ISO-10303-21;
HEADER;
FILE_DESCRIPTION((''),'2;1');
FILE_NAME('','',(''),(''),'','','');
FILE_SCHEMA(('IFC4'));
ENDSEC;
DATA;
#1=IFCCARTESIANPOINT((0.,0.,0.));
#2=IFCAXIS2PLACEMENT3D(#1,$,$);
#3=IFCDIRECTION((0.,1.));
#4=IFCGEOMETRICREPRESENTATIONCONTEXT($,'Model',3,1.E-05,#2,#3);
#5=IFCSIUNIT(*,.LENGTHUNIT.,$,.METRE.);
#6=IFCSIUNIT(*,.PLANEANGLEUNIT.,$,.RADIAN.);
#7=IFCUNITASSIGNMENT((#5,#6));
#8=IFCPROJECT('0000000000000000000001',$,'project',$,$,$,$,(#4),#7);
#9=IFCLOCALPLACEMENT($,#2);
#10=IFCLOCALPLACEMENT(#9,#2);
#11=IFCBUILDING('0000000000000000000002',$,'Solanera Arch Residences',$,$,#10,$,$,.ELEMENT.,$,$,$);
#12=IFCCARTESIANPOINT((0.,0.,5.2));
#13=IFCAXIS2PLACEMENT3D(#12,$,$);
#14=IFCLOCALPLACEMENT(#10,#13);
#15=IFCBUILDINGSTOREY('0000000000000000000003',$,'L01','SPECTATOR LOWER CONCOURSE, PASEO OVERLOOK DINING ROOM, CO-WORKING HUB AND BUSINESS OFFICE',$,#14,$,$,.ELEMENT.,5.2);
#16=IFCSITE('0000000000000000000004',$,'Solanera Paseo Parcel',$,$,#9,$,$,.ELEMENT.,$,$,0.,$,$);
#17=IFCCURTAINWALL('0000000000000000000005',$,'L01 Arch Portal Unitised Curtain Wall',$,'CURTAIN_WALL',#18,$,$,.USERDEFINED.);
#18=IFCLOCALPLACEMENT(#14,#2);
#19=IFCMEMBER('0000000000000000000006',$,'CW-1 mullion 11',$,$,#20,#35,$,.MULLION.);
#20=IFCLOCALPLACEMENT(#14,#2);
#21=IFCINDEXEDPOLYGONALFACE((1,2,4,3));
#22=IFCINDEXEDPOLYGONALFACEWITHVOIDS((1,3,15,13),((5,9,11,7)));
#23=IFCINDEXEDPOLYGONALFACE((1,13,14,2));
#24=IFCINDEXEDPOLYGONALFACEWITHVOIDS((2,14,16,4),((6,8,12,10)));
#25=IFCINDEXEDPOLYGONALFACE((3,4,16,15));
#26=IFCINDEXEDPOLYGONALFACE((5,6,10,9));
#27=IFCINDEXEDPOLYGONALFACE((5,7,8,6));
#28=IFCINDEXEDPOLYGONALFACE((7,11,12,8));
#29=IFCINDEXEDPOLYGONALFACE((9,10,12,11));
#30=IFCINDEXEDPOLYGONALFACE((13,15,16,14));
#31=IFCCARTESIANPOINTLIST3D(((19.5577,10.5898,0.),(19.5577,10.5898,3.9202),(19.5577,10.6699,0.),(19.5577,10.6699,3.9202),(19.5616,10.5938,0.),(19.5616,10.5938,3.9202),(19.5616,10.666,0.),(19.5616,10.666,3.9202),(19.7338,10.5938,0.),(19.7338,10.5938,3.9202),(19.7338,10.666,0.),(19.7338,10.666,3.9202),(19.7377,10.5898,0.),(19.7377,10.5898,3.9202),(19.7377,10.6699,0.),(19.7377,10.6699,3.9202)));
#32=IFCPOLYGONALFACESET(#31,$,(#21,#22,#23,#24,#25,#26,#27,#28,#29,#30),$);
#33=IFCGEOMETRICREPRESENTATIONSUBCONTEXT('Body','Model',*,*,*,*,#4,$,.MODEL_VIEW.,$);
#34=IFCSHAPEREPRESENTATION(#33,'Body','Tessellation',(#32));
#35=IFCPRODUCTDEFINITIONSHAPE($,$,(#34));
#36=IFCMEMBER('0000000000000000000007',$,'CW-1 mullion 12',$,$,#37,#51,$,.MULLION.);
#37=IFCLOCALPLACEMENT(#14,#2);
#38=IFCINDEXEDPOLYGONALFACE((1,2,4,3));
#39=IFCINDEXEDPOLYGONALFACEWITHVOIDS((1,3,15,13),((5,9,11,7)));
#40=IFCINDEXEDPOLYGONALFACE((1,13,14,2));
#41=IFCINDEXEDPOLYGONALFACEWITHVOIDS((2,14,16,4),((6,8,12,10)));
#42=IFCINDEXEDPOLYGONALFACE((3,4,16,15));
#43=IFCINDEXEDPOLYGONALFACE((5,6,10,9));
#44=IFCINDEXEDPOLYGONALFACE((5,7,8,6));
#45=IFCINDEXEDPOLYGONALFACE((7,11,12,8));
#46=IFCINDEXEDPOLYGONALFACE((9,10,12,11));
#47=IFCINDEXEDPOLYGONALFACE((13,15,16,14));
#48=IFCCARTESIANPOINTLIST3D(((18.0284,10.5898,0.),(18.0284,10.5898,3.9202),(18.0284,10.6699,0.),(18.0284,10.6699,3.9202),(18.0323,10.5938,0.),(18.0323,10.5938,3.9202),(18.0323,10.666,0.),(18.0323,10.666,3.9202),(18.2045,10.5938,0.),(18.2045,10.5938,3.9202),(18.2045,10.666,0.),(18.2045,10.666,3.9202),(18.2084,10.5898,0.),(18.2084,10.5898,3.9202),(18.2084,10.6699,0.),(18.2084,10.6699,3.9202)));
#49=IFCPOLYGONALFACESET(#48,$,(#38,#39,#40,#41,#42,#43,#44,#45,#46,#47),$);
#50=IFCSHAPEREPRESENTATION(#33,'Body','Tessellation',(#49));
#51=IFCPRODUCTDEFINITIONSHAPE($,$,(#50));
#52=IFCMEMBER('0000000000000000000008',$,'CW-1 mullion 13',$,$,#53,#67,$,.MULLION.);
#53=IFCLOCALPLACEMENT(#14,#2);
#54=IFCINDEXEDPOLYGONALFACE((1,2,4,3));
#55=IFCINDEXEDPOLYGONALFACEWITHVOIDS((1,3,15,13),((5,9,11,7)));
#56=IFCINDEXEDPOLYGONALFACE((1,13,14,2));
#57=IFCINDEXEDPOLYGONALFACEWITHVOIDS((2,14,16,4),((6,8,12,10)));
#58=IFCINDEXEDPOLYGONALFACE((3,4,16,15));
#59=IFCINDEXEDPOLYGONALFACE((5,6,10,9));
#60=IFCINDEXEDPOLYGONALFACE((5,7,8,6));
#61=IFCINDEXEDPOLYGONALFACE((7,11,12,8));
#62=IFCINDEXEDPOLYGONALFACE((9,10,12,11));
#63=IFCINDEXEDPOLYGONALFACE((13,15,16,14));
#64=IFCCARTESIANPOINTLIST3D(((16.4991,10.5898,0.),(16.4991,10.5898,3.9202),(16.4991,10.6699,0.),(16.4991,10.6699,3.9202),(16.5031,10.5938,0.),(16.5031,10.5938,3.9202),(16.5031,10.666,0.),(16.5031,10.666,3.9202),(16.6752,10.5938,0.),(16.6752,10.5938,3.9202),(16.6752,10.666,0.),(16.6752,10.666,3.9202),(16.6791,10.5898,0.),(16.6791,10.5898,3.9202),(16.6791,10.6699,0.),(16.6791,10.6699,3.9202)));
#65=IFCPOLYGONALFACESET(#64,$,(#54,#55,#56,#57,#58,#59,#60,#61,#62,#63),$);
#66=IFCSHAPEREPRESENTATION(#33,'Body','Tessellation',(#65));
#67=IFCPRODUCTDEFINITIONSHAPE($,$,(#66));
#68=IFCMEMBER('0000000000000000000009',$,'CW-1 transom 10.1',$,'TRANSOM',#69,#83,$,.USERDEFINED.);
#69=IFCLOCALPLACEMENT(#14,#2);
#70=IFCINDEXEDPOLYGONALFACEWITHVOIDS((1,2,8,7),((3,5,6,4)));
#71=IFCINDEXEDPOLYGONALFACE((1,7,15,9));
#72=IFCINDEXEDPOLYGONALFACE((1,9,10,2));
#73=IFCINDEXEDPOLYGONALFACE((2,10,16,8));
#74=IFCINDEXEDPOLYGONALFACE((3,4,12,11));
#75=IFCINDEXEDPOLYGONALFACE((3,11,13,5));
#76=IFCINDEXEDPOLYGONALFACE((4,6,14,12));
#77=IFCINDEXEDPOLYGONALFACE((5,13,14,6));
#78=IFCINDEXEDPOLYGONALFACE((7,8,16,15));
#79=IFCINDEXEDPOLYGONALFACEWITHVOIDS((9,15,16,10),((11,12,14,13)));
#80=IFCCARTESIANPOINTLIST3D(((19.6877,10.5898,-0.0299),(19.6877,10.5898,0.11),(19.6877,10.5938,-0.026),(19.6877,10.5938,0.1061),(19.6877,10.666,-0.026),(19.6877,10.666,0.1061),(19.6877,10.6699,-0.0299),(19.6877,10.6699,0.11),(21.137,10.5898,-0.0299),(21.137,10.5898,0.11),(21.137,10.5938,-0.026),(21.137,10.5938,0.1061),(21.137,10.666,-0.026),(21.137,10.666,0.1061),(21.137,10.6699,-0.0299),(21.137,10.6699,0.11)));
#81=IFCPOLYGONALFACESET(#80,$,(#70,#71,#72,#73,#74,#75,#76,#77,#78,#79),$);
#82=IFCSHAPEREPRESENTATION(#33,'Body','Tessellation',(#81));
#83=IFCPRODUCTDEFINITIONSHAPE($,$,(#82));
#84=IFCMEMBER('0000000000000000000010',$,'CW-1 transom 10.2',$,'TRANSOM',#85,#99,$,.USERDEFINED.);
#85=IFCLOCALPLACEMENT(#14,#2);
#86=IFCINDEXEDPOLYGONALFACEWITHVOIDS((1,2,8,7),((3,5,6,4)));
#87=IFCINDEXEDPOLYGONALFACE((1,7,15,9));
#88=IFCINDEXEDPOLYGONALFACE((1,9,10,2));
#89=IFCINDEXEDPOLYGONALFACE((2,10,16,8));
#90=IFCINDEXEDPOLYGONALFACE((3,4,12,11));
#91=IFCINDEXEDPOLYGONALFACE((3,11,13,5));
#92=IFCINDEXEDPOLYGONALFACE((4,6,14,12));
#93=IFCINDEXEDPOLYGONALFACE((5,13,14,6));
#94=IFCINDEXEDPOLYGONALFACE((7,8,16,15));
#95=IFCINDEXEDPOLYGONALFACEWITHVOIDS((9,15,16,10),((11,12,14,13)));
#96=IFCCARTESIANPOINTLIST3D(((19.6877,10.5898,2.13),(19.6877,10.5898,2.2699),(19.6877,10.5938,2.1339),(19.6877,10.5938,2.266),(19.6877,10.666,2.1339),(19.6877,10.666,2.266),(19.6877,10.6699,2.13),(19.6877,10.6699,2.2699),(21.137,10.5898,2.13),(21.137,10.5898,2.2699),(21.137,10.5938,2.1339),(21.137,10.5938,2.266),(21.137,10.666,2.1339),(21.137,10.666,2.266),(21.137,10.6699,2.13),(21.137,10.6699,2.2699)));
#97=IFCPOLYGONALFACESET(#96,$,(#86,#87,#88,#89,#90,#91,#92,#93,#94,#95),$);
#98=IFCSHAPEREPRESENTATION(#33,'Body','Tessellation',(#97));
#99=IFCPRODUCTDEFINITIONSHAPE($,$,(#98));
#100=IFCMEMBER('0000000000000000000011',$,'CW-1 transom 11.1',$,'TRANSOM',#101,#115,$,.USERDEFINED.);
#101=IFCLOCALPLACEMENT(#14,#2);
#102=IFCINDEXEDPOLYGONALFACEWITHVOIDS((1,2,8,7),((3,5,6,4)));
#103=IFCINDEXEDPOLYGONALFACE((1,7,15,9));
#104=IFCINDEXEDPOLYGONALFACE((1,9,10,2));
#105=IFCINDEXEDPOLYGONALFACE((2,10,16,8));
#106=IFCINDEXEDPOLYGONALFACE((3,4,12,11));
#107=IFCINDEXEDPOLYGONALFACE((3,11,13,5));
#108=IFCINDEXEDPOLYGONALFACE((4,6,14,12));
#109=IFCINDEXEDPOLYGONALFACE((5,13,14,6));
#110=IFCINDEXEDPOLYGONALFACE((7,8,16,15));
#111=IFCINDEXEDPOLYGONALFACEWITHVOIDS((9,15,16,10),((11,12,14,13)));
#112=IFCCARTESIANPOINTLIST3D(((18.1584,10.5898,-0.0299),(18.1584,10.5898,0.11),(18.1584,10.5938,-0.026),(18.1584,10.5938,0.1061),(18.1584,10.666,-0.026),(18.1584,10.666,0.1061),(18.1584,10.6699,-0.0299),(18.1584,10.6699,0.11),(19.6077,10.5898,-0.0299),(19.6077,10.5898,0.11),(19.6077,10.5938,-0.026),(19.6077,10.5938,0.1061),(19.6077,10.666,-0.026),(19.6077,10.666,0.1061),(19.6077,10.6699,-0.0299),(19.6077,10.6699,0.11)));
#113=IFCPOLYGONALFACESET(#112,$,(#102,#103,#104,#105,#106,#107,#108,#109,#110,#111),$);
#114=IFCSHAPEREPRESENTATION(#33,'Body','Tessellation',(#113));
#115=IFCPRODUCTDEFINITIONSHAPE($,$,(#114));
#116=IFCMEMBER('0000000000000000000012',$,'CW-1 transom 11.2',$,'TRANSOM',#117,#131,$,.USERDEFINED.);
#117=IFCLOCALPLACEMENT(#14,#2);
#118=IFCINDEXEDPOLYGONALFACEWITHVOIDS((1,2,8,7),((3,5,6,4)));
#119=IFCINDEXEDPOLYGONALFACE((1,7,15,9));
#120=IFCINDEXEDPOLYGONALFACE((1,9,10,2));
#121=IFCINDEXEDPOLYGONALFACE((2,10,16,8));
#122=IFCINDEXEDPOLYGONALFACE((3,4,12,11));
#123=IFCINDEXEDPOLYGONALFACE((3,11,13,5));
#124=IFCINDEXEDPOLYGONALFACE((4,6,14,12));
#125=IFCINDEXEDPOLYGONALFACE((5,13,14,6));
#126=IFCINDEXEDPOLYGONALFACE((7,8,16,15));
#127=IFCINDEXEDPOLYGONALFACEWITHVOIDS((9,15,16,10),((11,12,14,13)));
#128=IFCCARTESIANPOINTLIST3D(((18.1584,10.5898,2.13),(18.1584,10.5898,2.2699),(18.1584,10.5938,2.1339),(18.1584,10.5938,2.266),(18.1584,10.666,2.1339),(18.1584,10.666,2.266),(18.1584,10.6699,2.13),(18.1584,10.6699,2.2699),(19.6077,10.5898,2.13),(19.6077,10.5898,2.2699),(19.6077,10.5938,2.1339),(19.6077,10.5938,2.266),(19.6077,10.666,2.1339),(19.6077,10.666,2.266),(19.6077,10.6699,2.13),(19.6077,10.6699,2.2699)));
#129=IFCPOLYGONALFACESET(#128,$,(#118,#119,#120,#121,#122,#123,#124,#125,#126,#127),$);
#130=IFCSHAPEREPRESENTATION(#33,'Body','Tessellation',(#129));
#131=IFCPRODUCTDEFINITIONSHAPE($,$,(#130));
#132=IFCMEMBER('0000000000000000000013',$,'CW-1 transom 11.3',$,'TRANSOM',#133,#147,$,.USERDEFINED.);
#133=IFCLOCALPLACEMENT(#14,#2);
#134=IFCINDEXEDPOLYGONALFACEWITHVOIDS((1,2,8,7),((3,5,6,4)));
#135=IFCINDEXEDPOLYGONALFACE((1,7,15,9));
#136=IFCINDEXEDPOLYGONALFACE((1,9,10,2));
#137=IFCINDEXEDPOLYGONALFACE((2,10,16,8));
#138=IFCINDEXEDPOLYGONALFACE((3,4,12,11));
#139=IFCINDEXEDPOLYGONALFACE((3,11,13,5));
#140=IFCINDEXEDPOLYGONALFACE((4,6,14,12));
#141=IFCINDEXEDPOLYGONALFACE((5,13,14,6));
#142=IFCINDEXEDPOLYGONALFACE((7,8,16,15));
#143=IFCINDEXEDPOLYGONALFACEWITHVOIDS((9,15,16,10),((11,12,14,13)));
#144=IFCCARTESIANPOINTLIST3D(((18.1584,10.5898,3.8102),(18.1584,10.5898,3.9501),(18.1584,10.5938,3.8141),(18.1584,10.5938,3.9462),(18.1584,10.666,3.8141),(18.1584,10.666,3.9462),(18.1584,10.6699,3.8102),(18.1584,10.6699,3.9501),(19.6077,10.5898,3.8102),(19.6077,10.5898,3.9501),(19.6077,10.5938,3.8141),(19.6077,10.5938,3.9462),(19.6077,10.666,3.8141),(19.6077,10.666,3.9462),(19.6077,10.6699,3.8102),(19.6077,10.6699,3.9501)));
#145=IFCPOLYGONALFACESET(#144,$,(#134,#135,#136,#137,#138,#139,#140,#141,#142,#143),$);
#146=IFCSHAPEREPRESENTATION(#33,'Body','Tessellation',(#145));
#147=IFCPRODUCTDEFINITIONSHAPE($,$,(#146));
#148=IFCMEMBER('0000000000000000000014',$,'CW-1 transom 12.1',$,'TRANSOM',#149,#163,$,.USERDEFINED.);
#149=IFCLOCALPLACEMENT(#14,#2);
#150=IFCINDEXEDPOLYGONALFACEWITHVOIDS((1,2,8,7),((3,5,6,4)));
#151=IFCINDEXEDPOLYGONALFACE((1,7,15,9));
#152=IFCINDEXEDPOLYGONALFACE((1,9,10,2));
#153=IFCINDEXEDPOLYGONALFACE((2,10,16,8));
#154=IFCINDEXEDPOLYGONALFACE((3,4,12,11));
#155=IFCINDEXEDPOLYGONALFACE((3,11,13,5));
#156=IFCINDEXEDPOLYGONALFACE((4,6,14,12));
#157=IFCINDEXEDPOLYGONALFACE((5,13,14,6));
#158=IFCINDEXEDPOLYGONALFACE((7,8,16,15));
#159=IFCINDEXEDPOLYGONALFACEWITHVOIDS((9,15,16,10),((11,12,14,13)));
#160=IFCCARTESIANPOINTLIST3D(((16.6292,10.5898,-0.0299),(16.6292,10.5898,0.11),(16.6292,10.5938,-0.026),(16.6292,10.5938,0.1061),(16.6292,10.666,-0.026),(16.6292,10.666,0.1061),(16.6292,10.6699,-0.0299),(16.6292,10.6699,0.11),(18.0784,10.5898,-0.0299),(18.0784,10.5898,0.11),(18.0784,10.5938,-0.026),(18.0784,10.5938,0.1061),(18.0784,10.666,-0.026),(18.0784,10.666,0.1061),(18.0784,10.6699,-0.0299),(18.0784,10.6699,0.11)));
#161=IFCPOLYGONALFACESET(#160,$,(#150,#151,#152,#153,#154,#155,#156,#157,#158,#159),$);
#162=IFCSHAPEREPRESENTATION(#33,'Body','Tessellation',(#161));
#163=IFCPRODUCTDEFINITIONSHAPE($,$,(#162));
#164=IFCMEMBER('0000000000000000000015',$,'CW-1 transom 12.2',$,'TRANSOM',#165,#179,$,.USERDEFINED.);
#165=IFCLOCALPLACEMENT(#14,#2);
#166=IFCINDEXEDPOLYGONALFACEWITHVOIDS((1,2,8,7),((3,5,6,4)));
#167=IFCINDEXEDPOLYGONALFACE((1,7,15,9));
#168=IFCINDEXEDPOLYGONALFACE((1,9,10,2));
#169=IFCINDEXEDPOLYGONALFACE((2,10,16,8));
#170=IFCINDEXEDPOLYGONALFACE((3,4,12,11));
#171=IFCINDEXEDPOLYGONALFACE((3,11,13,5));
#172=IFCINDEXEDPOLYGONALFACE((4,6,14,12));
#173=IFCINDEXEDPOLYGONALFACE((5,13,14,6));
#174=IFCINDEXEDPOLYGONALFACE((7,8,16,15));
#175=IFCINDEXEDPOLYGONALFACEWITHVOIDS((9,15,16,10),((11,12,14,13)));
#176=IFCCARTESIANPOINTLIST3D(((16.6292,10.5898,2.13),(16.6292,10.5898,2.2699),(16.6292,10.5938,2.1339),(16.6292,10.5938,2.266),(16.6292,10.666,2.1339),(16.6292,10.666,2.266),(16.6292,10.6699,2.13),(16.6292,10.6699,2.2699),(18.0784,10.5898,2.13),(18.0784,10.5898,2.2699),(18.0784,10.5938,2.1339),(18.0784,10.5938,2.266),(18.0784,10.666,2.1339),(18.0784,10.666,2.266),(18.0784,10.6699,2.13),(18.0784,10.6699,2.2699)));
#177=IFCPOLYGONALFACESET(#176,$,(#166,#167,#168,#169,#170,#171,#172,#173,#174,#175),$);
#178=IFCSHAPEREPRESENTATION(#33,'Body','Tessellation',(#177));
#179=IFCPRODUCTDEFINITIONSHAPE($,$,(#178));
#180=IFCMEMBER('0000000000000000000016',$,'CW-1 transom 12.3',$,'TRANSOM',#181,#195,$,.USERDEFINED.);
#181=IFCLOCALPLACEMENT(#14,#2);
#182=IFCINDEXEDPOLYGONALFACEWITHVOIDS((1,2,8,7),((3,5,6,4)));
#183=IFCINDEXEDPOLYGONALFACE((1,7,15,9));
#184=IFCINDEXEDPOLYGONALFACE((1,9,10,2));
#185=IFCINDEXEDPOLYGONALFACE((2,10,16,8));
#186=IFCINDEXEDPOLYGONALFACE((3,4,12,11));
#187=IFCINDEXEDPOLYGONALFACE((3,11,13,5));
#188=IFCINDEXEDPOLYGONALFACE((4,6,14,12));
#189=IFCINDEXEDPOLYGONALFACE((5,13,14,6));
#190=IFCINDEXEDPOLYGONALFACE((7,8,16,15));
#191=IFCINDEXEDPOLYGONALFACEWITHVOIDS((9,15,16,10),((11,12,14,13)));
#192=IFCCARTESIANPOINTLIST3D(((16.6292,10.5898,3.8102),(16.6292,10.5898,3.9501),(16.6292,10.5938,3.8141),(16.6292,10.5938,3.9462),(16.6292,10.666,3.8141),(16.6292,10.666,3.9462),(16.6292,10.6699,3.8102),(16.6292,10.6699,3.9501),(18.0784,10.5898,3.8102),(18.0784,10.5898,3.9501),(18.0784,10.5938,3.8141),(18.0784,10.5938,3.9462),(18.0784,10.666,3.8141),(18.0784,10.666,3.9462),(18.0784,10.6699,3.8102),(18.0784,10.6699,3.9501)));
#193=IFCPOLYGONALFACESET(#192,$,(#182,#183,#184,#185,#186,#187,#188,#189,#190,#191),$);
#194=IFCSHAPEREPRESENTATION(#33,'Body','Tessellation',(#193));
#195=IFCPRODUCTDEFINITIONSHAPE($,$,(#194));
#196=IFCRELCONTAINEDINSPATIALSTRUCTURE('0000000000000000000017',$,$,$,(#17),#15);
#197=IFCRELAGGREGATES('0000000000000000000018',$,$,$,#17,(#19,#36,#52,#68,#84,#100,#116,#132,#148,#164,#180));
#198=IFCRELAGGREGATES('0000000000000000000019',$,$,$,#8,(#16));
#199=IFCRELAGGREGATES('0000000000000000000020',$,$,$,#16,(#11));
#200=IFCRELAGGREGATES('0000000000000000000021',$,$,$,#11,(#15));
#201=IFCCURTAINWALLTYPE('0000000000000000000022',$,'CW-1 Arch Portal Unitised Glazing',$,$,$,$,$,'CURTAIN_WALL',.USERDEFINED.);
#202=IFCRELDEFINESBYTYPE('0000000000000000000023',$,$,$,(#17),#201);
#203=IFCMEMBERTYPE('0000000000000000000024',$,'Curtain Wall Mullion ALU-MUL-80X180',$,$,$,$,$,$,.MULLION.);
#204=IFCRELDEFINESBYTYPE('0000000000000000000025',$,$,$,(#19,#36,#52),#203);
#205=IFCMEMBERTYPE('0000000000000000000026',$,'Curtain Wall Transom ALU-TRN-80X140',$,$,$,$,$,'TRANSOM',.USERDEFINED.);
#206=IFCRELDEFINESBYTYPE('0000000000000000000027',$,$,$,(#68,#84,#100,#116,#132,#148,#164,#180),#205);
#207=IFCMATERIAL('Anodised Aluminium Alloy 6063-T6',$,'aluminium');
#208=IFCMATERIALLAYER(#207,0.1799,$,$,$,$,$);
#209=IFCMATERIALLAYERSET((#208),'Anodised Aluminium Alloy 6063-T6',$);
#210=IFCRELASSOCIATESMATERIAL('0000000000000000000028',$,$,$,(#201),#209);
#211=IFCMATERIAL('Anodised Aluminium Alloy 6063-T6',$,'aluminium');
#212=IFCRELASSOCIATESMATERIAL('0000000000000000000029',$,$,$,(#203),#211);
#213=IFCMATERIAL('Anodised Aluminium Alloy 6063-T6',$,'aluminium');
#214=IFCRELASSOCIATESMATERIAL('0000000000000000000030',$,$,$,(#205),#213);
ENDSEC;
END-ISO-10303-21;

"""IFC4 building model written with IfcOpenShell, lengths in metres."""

from ifc_helpers import new_model, si_unit, direction, frame, origin, origin_2d, place, context, subcontext, project, spatial, hollow_rectangle, extrude, material, layer, layer_set, material_profile, profile_set, type_object, element, aggregate, save


model = new_model("IFC4")

# Units and contexts
model_context = context("Model", 3, precision=1e-05, world=origin(), true_north=direction((0.0, 1.0)))
body_context = subcontext(model_context, "Body", "Model", "MODEL_VIEW")
ifc_project = project(units=[si_unit("LENGTHUNIT", "METRE"), si_unit("PLANEANGLEUNIT", "RADIAN")], contexts=[model_context])

# Site, building, storey
site_placement = place(None, origin())
site = spatial("IfcSite", under=ifc_project, at=site_placement, Name="Solanera Paseo Parcel", CompositionType="ELEMENT", RefElevation=0.0)
building_placement = place(site_placement, origin())
building = spatial("IfcBuilding", under=site, at=building_placement, Name="Solanera Arch Residences", CompositionType="ELEMENT")
storey_placement = place(building_placement, frame((0.0, 0.0, 5.2)))
storey = spatial("IfcBuildingStorey", under=building, at=storey_placement, Name="L01", Description="SPECTATOR LOWER CONCOURSE, PASEO OVERLOOK DINING ROOM, CO-WORKING HUB AND BUSINESS OFFICE", CompositionType="ELEMENT", Elevation=5.2)

# Curtain wall, members
ifc_material_1 = material(Name="Anodised Aluminium Alloy 6063-T6", Category="aluminium")
ifc_layer_1 = layer(ifc_material_1, 0.1799)
ifc_layer_set_1 = layer_set([ifc_layer_1], Name="Anodised Aluminium Alloy 6063-T6")
curtain_wall_type = type_object("IfcCurtainWallType", Name="CW-1 Arch Portal Unitised Glazing", ElementType="CURTAIN_WALL", PredefinedType="USERDEFINED", material=ifc_layer_set_1)
curtain_wall_placement = place(storey_placement, origin())
curtain_wall = element("IfcCurtainWall", 1, at=curtain_wall_placement, inside=storey, type_object=curtain_wall_type, Name="L01 Arch Portal Unitised Curtain Wall", ObjectType="CURTAIN_WALL", PredefinedType="USERDEFINED")
ifc_material_2 = material(Name="Anodised Aluminium Alloy 6063-T6", Category="aluminium")
ifc_material_profile_1 = material_profile(ifc_material_2, hollow_rectangle(XDim=0.0801, YDim=0.1799, WallThickness=0.0039, at=origin_2d()))
ifc_profile_set_1 = profile_set([ifc_material_profile_1], Name="Anodised Aluminium Alloy 6063-T6")
member_type_1 = type_object("IfcMemberType", Name="Curtain Wall Mullion ALU-MUL-80X180", PredefinedType="MULLION", material=ifc_profile_set_1)
member_1_placement = place(storey_placement, frame((19.6477, 10.6299, 0.0), z_axis=(0.0, 0.0, 1.0), x_axis=(0.0, -1.0, 0.0)))
member_1 = element("IfcMember", 2, at=member_1_placement, type_object=member_type_1, Name="CW-1 mullion 11", PredefinedType="MULLION", context=body_context, shape_type="SweptSolid", body=[
    extrude(hollow_rectangle(XDim=0.0801, YDim=0.1799, WallThickness=0.0039, at=origin_2d()), origin(), (0.0, 0.0, 1.0), 3.9202),
])
member_2_placement = place(storey_placement, frame((18.1184, 10.6299, 0.0), z_axis=(0.0, 0.0, 1.0), x_axis=(0.0, -1.0, 0.0)))
member_2 = element("IfcMember", 3, at=member_2_placement, type_object=member_type_1, Name="CW-1 mullion 12", PredefinedType="MULLION", context=body_context, shape_type="SweptSolid", body=[
    extrude(hollow_rectangle(XDim=0.0801, YDim=0.1799, WallThickness=0.0039, at=origin_2d()), origin(), (0.0, 0.0, 1.0), 3.9202),
])
member_3_placement = place(storey_placement, frame((16.5891, 10.6299, 0.0), z_axis=(0.0, 0.0, 1.0), x_axis=(0.0, -1.0, 0.0)))
member_3 = element("IfcMember", 4, at=member_3_placement, type_object=member_type_1, Name="CW-1 mullion 13", PredefinedType="MULLION", context=body_context, shape_type="SweptSolid", body=[
    extrude(hollow_rectangle(XDim=0.0801, YDim=0.1799, WallThickness=0.0039, at=origin_2d()), origin(), (0.0, 0.0, 1.0), 3.9202),
])
ifc_material_3 = material(Name="Anodised Aluminium Alloy 6063-T6", Category="aluminium")
ifc_material_profile_2 = material_profile(ifc_material_3, hollow_rectangle(XDim=0.0801, YDim=0.1399, WallThickness=0.0039, at=origin_2d()))
ifc_profile_set_2 = profile_set([ifc_material_profile_2], Name="Anodised Aluminium Alloy 6063-T6")
member_type_2 = type_object("IfcMemberType", Name="Curtain Wall Transom ALU-TRN-80X140", ElementType="TRANSOM", PredefinedType="USERDEFINED", material=ifc_profile_set_2)
member_4_placement = place(storey_placement, frame((21.137, 10.6299, 0.04), z_axis=(-1.0, 0.0, 0.0), x_axis=(0.0, -1.0, 0.0)))
member_4 = element("IfcMember", 5, at=member_4_placement, type_object=member_type_2, Name="CW-1 transom 10.1", ObjectType="TRANSOM", PredefinedType="USERDEFINED", context=body_context, shape_type="SweptSolid", body=[
    extrude(hollow_rectangle(XDim=0.0801, YDim=0.1399, WallThickness=0.0039, at=origin_2d()), origin(), (0.0, 0.0, 1.0), 1.4492),
])
member_5_placement = place(storey_placement, frame((21.137, 10.6299, 2.2), z_axis=(-1.0, 0.0, 0.0), x_axis=(0.0, -1.0, 0.0)))
member_5 = element("IfcMember", 6, at=member_5_placement, type_object=member_type_2, Name="CW-1 transom 10.2", ObjectType="TRANSOM", PredefinedType="USERDEFINED", context=body_context, shape_type="SweptSolid", body=[
    extrude(hollow_rectangle(XDim=0.0801, YDim=0.1399, WallThickness=0.0039, at=origin_2d()), origin(), (0.0, 0.0, 1.0), 1.4492),
])
member_6_placement = place(storey_placement, frame((19.6077, 10.6299, 0.04), z_axis=(-1.0, 0.0, 0.0), x_axis=(0.0, -1.0, 0.0)))
member_6 = element("IfcMember", 7, at=member_6_placement, type_object=member_type_2, Name="CW-1 transom 11.1", ObjectType="TRANSOM", PredefinedType="USERDEFINED", context=body_context, shape_type="SweptSolid", body=[
    extrude(hollow_rectangle(XDim=0.0801, YDim=0.1399, WallThickness=0.0039, at=origin_2d()), origin(), (0.0, 0.0, 1.0), 1.4492),
])
member_7_placement = place(storey_placement, frame((19.6077, 10.6299, 2.2), z_axis=(-1.0, 0.0, 0.0), x_axis=(0.0, -1.0, 0.0)))
member_7 = element("IfcMember", 8, at=member_7_placement, type_object=member_type_2, Name="CW-1 transom 11.2", ObjectType="TRANSOM", PredefinedType="USERDEFINED", context=body_context, shape_type="SweptSolid", body=[
    extrude(hollow_rectangle(XDim=0.0801, YDim=0.1399, WallThickness=0.0039, at=origin_2d()), origin(), (0.0, 0.0, 1.0), 1.4492),
])
member_8_placement = place(storey_placement, frame((19.6077, 10.6299, 3.8801), z_axis=(-1.0, 0.0, 0.0), x_axis=(0.0, -1.0, 0.0)))
member_8 = element("IfcMember", 9, at=member_8_placement, type_object=member_type_2, Name="CW-1 transom 11.3", ObjectType="TRANSOM", PredefinedType="USERDEFINED", context=body_context, shape_type="SweptSolid", body=[
    extrude(hollow_rectangle(XDim=0.0801, YDim=0.1399, WallThickness=0.0039, at=origin_2d()), origin(), (0.0, 0.0, 1.0), 1.4492),
])
member_9_placement = place(storey_placement, frame((18.0784, 10.6299, 0.04), z_axis=(-1.0, 0.0, 0.0), x_axis=(0.0, -1.0, 0.0)))
member_9 = element("IfcMember", 10, at=member_9_placement, type_object=member_type_2, Name="CW-1 transom 12.1", ObjectType="TRANSOM", PredefinedType="USERDEFINED", context=body_context, shape_type="SweptSolid", body=[
    extrude(hollow_rectangle(XDim=0.0801, YDim=0.1399, WallThickness=0.0039, at=origin_2d()), origin(), (0.0, 0.0, 1.0), 1.4492),
])
member_10_placement = place(storey_placement, frame((18.0784, 10.6299, 2.2), z_axis=(-1.0, 0.0, 0.0), x_axis=(0.0, -1.0, 0.0)))
member_10 = element("IfcMember", 11, at=member_10_placement, type_object=member_type_2, Name="CW-1 transom 12.2", ObjectType="TRANSOM", PredefinedType="USERDEFINED", context=body_context, shape_type="SweptSolid", body=[
    extrude(hollow_rectangle(XDim=0.0801, YDim=0.1399, WallThickness=0.0039, at=origin_2d()), origin(), (0.0, 0.0, 1.0), 1.4492),
])
member_11_placement = place(storey_placement, frame((18.0784, 10.6299, 3.8801), z_axis=(-1.0, 0.0, 0.0), x_axis=(0.0, -1.0, 0.0)))
member_11 = element("IfcMember", 12, at=member_11_placement, type_object=member_type_2, Name="CW-1 transom 12.3", ObjectType="TRANSOM", PredefinedType="USERDEFINED", context=body_context, shape_type="SweptSolid", body=[
    extrude(hollow_rectangle(XDim=0.0801, YDim=0.1399, WallThickness=0.0039, at=origin_2d()), origin(), (0.0, 0.0, 1.0), 1.4492),
])
aggregate(curtain_wall, [member_1, member_2, member_3, member_4, member_5, member_6, member_7, member_8, member_9, member_10, member_11])

save(model, "model.ifc")
